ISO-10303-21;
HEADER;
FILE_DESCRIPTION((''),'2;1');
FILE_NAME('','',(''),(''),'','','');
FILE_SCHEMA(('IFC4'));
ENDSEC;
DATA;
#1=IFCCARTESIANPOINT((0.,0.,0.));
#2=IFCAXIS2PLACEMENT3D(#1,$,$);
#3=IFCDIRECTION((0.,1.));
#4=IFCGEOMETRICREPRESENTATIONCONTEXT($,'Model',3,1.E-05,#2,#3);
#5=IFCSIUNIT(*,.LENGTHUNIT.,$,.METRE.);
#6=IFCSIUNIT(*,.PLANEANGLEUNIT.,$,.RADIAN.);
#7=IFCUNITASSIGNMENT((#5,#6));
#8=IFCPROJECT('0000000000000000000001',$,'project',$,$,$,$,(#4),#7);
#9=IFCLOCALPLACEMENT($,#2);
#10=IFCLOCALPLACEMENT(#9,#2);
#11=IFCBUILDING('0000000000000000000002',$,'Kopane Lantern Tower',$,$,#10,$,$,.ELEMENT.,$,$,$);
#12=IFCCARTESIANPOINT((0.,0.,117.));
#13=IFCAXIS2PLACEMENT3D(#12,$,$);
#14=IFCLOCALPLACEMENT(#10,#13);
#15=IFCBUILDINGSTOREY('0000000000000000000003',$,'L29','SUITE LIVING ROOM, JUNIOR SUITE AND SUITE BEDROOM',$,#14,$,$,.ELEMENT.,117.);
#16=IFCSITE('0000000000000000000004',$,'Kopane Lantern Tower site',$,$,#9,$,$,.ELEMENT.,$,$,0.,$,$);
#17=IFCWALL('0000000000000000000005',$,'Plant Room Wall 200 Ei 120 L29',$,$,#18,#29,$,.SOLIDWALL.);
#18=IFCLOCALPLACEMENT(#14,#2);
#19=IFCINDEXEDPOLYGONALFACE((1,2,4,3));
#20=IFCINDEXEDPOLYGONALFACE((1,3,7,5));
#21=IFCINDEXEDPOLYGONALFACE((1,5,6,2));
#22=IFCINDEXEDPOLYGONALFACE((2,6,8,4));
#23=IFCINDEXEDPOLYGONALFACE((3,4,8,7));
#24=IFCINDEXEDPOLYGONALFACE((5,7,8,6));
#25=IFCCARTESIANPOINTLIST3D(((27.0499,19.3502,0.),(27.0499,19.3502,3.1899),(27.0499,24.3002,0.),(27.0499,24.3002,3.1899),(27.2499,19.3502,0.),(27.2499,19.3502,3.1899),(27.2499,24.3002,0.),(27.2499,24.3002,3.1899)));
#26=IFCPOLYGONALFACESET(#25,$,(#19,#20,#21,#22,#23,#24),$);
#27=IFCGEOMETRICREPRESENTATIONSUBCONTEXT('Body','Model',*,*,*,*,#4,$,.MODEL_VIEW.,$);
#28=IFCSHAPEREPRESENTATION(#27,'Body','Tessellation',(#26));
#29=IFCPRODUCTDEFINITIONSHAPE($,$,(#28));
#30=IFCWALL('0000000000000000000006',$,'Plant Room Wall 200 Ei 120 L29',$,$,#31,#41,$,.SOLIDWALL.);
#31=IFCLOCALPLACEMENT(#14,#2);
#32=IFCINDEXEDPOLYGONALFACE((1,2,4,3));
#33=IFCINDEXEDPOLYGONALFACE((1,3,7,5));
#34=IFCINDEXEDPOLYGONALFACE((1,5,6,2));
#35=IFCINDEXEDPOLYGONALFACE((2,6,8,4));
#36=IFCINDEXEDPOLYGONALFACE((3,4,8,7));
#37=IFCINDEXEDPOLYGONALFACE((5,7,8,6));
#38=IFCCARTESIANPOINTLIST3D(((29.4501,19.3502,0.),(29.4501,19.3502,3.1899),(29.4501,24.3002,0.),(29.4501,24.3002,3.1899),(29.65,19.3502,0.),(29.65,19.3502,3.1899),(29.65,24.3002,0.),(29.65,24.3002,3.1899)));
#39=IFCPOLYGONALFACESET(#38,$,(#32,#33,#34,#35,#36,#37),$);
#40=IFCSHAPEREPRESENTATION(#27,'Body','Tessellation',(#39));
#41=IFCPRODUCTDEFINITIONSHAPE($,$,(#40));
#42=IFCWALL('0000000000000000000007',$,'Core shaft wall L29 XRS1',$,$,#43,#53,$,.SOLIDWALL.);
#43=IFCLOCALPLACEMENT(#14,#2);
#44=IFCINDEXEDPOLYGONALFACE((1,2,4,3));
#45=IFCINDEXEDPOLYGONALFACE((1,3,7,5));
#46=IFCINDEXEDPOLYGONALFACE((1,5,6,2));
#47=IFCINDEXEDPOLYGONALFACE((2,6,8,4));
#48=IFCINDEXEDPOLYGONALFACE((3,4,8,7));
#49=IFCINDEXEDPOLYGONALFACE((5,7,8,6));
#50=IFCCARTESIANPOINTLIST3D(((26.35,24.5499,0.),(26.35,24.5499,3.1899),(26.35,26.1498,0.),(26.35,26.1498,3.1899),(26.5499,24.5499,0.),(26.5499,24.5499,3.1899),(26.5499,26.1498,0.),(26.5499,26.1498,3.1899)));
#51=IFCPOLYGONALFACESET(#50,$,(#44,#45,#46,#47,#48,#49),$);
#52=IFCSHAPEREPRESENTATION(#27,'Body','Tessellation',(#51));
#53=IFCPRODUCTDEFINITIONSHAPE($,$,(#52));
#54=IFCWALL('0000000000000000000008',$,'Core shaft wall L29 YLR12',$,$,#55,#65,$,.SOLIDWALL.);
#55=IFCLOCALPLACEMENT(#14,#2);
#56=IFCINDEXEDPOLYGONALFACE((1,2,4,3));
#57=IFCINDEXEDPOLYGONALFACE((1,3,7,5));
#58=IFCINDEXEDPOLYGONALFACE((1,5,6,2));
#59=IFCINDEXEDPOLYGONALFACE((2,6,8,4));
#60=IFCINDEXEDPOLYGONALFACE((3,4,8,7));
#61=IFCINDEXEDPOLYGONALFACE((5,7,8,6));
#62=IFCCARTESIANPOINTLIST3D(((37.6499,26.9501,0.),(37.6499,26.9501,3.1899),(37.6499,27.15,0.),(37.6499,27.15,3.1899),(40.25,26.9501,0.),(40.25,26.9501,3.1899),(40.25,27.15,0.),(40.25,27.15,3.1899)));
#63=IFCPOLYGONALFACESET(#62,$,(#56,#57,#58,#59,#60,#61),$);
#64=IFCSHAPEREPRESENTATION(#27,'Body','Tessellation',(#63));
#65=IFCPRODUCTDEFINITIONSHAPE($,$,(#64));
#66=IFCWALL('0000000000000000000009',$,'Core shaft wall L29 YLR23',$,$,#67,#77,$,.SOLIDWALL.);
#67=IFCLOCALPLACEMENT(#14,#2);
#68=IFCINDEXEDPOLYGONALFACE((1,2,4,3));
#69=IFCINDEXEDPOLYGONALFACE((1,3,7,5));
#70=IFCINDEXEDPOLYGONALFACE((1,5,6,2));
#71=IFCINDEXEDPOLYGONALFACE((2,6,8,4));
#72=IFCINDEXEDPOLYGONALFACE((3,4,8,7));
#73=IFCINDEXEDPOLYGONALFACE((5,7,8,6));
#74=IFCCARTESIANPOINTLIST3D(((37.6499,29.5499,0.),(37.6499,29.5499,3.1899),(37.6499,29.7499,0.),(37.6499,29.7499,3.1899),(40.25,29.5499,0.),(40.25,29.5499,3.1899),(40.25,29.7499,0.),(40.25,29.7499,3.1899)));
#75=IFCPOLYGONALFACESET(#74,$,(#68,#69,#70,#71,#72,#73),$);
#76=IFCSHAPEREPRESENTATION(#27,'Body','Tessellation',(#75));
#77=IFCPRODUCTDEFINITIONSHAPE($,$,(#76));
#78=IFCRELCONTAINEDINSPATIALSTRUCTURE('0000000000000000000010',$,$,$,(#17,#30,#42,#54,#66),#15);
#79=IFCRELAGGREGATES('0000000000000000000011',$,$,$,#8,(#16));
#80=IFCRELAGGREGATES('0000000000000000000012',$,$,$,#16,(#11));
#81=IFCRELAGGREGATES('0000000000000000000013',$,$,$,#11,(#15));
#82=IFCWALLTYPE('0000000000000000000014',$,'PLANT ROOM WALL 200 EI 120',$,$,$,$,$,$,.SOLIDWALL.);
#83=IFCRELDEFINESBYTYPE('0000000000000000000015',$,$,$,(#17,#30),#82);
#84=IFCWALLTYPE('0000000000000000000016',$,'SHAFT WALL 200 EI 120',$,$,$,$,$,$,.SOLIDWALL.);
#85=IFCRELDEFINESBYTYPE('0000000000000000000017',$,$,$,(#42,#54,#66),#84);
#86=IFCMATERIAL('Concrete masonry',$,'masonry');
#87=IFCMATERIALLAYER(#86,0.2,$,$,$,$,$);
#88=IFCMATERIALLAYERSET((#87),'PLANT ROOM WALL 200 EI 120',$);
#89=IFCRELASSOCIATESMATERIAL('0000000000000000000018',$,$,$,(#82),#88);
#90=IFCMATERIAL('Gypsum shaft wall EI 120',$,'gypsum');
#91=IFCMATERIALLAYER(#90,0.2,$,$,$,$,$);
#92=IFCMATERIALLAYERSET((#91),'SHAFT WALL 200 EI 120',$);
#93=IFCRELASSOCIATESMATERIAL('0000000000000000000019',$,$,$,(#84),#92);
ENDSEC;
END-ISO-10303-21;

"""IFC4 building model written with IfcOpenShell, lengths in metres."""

from ifc_helpers import new_model, si_unit, direction, frame, frame_2d, origin, place, context, subcontext, project, spatial, rectangle, extrude, material, layer, layer_set, type_object, element, save


model = new_model("IFC4")

# Units and contexts
model_context = context("Model", 3, precision=1e-05, world=origin(), true_north=direction((0.0, 1.0)))
body_context = subcontext(model_context, "Body", "Model", "MODEL_VIEW")
ifc_project = project(units=[si_unit("LENGTHUNIT", "METRE"), si_unit("PLANEANGLEUNIT", "RADIAN")], contexts=[model_context])

# Site, building, storey
site_placement = place(None, origin())
site = spatial("IfcSite", under=ifc_project, at=site_placement, Name="Kopane Lantern Tower site", CompositionType="ELEMENT", RefElevation=0.0)
building_placement = place(site_placement, origin())
building = spatial("IfcBuilding", under=site, at=building_placement, Name="Kopane Lantern Tower", CompositionType="ELEMENT")
storey_placement = place(building_placement, frame((0.0, 0.0, 117.0)))
storey = spatial("IfcBuildingStorey", under=building, at=storey_placement, Name="L29", Description="SUITE LIVING ROOM, JUNIOR SUITE AND SUITE BEDROOM", CompositionType="ELEMENT", Elevation=117.0)

# Walls
ifc_material_1 = material(Name="Concrete masonry", Category="masonry")
ifc_layer_1 = layer(ifc_material_1, 0.2)
ifc_layer_set_1 = layer_set([ifc_layer_1], Name="PLANT ROOM WALL 200 EI 120")
wall_type_1 = type_object("IfcWallType", Name="PLANT ROOM WALL 200 EI 120", PredefinedType="SOLIDWALL", material=ifc_layer_set_1)
for number, where, z_axis, x_axis, name in (
    (1, (27.1499, 19.3501, 0.0), (0.0, 0.0, 1.0), (0.0, 1.0, 0.0), "Plant Room Wall 200 Ei 120 L29"),
    (2, (29.55, 19.3501, 0.0), (0.0, 0.0, 1.0), (0.0, 1.0, 0.0), "Plant Room Wall 200 Ei 120 L29"),
):
    element("IfcWall", number, at=place(storey_placement, frame(where, z_axis=z_axis, x_axis=x_axis)), inside=storey, type_object=wall_type_1, Name=name, PredefinedType="SOLIDWALL", context=body_context, shape_type="SweptSolid", body=[
        extrude(rectangle(XDim=4.95, YDim=0.2, at=frame_2d((2.4751, 0.0))), origin(), (0.0, 0.0, 1.0), 3.1899),
    ])
ifc_material_2 = material(Name="Gypsum shaft wall EI 120", Category="gypsum")
ifc_layer_2 = layer(ifc_material_2, 0.2)
ifc_layer_set_2 = layer_set([ifc_layer_2], Name="SHAFT WALL 200 EI 120")
wall_type_2 = type_object("IfcWallType", Name="SHAFT WALL 200 EI 120", PredefinedType="SOLIDWALL", material=ifc_layer_set_2)
wall_1_placement = place(storey_placement, frame((26.45, 24.55, 0.0), z_axis=(0.0, 0.0, 1.0), x_axis=(0.0, 1.0, 0.0)))
element("IfcWall", 3, at=wall_1_placement, inside=storey, type_object=wall_type_2, Name="Core shaft wall L29 XRS1", PredefinedType="SOLIDWALL", context=body_context, shape_type="SweptSolid", body=[
    extrude(rectangle(XDim=1.5999, YDim=0.2, at=frame_2d((0.7998, 0.0))), origin(), (0.0, 0.0, 1.0), 3.1899),
])
for number, where, z_axis, x_axis, name in (
    (4, (37.6499, 27.05, 0.0), (0.0, 0.0, 1.0), (1.0, 0.0, 0.0), "Core shaft wall L29 YLR12"),
    (5, (37.6499, 29.6499, 0.0), (0.0, 0.0, 1.0), (1.0, 0.0, 0.0), "Core shaft wall L29 YLR23"),
):
    element("IfcWall", number, at=place(storey_placement, frame(where, z_axis=z_axis, x_axis=x_axis)), inside=storey, type_object=wall_type_2, Name=name, PredefinedType="SOLIDWALL", context=body_context, shape_type="SweptSolid", body=[
        extrude(rectangle(XDim=2.6001, YDim=0.2, at=frame_2d((1.3, 0.0))), origin(), (0.0, 0.0, 1.0), 3.1899),
    ])

save(model, "model.ifc")
